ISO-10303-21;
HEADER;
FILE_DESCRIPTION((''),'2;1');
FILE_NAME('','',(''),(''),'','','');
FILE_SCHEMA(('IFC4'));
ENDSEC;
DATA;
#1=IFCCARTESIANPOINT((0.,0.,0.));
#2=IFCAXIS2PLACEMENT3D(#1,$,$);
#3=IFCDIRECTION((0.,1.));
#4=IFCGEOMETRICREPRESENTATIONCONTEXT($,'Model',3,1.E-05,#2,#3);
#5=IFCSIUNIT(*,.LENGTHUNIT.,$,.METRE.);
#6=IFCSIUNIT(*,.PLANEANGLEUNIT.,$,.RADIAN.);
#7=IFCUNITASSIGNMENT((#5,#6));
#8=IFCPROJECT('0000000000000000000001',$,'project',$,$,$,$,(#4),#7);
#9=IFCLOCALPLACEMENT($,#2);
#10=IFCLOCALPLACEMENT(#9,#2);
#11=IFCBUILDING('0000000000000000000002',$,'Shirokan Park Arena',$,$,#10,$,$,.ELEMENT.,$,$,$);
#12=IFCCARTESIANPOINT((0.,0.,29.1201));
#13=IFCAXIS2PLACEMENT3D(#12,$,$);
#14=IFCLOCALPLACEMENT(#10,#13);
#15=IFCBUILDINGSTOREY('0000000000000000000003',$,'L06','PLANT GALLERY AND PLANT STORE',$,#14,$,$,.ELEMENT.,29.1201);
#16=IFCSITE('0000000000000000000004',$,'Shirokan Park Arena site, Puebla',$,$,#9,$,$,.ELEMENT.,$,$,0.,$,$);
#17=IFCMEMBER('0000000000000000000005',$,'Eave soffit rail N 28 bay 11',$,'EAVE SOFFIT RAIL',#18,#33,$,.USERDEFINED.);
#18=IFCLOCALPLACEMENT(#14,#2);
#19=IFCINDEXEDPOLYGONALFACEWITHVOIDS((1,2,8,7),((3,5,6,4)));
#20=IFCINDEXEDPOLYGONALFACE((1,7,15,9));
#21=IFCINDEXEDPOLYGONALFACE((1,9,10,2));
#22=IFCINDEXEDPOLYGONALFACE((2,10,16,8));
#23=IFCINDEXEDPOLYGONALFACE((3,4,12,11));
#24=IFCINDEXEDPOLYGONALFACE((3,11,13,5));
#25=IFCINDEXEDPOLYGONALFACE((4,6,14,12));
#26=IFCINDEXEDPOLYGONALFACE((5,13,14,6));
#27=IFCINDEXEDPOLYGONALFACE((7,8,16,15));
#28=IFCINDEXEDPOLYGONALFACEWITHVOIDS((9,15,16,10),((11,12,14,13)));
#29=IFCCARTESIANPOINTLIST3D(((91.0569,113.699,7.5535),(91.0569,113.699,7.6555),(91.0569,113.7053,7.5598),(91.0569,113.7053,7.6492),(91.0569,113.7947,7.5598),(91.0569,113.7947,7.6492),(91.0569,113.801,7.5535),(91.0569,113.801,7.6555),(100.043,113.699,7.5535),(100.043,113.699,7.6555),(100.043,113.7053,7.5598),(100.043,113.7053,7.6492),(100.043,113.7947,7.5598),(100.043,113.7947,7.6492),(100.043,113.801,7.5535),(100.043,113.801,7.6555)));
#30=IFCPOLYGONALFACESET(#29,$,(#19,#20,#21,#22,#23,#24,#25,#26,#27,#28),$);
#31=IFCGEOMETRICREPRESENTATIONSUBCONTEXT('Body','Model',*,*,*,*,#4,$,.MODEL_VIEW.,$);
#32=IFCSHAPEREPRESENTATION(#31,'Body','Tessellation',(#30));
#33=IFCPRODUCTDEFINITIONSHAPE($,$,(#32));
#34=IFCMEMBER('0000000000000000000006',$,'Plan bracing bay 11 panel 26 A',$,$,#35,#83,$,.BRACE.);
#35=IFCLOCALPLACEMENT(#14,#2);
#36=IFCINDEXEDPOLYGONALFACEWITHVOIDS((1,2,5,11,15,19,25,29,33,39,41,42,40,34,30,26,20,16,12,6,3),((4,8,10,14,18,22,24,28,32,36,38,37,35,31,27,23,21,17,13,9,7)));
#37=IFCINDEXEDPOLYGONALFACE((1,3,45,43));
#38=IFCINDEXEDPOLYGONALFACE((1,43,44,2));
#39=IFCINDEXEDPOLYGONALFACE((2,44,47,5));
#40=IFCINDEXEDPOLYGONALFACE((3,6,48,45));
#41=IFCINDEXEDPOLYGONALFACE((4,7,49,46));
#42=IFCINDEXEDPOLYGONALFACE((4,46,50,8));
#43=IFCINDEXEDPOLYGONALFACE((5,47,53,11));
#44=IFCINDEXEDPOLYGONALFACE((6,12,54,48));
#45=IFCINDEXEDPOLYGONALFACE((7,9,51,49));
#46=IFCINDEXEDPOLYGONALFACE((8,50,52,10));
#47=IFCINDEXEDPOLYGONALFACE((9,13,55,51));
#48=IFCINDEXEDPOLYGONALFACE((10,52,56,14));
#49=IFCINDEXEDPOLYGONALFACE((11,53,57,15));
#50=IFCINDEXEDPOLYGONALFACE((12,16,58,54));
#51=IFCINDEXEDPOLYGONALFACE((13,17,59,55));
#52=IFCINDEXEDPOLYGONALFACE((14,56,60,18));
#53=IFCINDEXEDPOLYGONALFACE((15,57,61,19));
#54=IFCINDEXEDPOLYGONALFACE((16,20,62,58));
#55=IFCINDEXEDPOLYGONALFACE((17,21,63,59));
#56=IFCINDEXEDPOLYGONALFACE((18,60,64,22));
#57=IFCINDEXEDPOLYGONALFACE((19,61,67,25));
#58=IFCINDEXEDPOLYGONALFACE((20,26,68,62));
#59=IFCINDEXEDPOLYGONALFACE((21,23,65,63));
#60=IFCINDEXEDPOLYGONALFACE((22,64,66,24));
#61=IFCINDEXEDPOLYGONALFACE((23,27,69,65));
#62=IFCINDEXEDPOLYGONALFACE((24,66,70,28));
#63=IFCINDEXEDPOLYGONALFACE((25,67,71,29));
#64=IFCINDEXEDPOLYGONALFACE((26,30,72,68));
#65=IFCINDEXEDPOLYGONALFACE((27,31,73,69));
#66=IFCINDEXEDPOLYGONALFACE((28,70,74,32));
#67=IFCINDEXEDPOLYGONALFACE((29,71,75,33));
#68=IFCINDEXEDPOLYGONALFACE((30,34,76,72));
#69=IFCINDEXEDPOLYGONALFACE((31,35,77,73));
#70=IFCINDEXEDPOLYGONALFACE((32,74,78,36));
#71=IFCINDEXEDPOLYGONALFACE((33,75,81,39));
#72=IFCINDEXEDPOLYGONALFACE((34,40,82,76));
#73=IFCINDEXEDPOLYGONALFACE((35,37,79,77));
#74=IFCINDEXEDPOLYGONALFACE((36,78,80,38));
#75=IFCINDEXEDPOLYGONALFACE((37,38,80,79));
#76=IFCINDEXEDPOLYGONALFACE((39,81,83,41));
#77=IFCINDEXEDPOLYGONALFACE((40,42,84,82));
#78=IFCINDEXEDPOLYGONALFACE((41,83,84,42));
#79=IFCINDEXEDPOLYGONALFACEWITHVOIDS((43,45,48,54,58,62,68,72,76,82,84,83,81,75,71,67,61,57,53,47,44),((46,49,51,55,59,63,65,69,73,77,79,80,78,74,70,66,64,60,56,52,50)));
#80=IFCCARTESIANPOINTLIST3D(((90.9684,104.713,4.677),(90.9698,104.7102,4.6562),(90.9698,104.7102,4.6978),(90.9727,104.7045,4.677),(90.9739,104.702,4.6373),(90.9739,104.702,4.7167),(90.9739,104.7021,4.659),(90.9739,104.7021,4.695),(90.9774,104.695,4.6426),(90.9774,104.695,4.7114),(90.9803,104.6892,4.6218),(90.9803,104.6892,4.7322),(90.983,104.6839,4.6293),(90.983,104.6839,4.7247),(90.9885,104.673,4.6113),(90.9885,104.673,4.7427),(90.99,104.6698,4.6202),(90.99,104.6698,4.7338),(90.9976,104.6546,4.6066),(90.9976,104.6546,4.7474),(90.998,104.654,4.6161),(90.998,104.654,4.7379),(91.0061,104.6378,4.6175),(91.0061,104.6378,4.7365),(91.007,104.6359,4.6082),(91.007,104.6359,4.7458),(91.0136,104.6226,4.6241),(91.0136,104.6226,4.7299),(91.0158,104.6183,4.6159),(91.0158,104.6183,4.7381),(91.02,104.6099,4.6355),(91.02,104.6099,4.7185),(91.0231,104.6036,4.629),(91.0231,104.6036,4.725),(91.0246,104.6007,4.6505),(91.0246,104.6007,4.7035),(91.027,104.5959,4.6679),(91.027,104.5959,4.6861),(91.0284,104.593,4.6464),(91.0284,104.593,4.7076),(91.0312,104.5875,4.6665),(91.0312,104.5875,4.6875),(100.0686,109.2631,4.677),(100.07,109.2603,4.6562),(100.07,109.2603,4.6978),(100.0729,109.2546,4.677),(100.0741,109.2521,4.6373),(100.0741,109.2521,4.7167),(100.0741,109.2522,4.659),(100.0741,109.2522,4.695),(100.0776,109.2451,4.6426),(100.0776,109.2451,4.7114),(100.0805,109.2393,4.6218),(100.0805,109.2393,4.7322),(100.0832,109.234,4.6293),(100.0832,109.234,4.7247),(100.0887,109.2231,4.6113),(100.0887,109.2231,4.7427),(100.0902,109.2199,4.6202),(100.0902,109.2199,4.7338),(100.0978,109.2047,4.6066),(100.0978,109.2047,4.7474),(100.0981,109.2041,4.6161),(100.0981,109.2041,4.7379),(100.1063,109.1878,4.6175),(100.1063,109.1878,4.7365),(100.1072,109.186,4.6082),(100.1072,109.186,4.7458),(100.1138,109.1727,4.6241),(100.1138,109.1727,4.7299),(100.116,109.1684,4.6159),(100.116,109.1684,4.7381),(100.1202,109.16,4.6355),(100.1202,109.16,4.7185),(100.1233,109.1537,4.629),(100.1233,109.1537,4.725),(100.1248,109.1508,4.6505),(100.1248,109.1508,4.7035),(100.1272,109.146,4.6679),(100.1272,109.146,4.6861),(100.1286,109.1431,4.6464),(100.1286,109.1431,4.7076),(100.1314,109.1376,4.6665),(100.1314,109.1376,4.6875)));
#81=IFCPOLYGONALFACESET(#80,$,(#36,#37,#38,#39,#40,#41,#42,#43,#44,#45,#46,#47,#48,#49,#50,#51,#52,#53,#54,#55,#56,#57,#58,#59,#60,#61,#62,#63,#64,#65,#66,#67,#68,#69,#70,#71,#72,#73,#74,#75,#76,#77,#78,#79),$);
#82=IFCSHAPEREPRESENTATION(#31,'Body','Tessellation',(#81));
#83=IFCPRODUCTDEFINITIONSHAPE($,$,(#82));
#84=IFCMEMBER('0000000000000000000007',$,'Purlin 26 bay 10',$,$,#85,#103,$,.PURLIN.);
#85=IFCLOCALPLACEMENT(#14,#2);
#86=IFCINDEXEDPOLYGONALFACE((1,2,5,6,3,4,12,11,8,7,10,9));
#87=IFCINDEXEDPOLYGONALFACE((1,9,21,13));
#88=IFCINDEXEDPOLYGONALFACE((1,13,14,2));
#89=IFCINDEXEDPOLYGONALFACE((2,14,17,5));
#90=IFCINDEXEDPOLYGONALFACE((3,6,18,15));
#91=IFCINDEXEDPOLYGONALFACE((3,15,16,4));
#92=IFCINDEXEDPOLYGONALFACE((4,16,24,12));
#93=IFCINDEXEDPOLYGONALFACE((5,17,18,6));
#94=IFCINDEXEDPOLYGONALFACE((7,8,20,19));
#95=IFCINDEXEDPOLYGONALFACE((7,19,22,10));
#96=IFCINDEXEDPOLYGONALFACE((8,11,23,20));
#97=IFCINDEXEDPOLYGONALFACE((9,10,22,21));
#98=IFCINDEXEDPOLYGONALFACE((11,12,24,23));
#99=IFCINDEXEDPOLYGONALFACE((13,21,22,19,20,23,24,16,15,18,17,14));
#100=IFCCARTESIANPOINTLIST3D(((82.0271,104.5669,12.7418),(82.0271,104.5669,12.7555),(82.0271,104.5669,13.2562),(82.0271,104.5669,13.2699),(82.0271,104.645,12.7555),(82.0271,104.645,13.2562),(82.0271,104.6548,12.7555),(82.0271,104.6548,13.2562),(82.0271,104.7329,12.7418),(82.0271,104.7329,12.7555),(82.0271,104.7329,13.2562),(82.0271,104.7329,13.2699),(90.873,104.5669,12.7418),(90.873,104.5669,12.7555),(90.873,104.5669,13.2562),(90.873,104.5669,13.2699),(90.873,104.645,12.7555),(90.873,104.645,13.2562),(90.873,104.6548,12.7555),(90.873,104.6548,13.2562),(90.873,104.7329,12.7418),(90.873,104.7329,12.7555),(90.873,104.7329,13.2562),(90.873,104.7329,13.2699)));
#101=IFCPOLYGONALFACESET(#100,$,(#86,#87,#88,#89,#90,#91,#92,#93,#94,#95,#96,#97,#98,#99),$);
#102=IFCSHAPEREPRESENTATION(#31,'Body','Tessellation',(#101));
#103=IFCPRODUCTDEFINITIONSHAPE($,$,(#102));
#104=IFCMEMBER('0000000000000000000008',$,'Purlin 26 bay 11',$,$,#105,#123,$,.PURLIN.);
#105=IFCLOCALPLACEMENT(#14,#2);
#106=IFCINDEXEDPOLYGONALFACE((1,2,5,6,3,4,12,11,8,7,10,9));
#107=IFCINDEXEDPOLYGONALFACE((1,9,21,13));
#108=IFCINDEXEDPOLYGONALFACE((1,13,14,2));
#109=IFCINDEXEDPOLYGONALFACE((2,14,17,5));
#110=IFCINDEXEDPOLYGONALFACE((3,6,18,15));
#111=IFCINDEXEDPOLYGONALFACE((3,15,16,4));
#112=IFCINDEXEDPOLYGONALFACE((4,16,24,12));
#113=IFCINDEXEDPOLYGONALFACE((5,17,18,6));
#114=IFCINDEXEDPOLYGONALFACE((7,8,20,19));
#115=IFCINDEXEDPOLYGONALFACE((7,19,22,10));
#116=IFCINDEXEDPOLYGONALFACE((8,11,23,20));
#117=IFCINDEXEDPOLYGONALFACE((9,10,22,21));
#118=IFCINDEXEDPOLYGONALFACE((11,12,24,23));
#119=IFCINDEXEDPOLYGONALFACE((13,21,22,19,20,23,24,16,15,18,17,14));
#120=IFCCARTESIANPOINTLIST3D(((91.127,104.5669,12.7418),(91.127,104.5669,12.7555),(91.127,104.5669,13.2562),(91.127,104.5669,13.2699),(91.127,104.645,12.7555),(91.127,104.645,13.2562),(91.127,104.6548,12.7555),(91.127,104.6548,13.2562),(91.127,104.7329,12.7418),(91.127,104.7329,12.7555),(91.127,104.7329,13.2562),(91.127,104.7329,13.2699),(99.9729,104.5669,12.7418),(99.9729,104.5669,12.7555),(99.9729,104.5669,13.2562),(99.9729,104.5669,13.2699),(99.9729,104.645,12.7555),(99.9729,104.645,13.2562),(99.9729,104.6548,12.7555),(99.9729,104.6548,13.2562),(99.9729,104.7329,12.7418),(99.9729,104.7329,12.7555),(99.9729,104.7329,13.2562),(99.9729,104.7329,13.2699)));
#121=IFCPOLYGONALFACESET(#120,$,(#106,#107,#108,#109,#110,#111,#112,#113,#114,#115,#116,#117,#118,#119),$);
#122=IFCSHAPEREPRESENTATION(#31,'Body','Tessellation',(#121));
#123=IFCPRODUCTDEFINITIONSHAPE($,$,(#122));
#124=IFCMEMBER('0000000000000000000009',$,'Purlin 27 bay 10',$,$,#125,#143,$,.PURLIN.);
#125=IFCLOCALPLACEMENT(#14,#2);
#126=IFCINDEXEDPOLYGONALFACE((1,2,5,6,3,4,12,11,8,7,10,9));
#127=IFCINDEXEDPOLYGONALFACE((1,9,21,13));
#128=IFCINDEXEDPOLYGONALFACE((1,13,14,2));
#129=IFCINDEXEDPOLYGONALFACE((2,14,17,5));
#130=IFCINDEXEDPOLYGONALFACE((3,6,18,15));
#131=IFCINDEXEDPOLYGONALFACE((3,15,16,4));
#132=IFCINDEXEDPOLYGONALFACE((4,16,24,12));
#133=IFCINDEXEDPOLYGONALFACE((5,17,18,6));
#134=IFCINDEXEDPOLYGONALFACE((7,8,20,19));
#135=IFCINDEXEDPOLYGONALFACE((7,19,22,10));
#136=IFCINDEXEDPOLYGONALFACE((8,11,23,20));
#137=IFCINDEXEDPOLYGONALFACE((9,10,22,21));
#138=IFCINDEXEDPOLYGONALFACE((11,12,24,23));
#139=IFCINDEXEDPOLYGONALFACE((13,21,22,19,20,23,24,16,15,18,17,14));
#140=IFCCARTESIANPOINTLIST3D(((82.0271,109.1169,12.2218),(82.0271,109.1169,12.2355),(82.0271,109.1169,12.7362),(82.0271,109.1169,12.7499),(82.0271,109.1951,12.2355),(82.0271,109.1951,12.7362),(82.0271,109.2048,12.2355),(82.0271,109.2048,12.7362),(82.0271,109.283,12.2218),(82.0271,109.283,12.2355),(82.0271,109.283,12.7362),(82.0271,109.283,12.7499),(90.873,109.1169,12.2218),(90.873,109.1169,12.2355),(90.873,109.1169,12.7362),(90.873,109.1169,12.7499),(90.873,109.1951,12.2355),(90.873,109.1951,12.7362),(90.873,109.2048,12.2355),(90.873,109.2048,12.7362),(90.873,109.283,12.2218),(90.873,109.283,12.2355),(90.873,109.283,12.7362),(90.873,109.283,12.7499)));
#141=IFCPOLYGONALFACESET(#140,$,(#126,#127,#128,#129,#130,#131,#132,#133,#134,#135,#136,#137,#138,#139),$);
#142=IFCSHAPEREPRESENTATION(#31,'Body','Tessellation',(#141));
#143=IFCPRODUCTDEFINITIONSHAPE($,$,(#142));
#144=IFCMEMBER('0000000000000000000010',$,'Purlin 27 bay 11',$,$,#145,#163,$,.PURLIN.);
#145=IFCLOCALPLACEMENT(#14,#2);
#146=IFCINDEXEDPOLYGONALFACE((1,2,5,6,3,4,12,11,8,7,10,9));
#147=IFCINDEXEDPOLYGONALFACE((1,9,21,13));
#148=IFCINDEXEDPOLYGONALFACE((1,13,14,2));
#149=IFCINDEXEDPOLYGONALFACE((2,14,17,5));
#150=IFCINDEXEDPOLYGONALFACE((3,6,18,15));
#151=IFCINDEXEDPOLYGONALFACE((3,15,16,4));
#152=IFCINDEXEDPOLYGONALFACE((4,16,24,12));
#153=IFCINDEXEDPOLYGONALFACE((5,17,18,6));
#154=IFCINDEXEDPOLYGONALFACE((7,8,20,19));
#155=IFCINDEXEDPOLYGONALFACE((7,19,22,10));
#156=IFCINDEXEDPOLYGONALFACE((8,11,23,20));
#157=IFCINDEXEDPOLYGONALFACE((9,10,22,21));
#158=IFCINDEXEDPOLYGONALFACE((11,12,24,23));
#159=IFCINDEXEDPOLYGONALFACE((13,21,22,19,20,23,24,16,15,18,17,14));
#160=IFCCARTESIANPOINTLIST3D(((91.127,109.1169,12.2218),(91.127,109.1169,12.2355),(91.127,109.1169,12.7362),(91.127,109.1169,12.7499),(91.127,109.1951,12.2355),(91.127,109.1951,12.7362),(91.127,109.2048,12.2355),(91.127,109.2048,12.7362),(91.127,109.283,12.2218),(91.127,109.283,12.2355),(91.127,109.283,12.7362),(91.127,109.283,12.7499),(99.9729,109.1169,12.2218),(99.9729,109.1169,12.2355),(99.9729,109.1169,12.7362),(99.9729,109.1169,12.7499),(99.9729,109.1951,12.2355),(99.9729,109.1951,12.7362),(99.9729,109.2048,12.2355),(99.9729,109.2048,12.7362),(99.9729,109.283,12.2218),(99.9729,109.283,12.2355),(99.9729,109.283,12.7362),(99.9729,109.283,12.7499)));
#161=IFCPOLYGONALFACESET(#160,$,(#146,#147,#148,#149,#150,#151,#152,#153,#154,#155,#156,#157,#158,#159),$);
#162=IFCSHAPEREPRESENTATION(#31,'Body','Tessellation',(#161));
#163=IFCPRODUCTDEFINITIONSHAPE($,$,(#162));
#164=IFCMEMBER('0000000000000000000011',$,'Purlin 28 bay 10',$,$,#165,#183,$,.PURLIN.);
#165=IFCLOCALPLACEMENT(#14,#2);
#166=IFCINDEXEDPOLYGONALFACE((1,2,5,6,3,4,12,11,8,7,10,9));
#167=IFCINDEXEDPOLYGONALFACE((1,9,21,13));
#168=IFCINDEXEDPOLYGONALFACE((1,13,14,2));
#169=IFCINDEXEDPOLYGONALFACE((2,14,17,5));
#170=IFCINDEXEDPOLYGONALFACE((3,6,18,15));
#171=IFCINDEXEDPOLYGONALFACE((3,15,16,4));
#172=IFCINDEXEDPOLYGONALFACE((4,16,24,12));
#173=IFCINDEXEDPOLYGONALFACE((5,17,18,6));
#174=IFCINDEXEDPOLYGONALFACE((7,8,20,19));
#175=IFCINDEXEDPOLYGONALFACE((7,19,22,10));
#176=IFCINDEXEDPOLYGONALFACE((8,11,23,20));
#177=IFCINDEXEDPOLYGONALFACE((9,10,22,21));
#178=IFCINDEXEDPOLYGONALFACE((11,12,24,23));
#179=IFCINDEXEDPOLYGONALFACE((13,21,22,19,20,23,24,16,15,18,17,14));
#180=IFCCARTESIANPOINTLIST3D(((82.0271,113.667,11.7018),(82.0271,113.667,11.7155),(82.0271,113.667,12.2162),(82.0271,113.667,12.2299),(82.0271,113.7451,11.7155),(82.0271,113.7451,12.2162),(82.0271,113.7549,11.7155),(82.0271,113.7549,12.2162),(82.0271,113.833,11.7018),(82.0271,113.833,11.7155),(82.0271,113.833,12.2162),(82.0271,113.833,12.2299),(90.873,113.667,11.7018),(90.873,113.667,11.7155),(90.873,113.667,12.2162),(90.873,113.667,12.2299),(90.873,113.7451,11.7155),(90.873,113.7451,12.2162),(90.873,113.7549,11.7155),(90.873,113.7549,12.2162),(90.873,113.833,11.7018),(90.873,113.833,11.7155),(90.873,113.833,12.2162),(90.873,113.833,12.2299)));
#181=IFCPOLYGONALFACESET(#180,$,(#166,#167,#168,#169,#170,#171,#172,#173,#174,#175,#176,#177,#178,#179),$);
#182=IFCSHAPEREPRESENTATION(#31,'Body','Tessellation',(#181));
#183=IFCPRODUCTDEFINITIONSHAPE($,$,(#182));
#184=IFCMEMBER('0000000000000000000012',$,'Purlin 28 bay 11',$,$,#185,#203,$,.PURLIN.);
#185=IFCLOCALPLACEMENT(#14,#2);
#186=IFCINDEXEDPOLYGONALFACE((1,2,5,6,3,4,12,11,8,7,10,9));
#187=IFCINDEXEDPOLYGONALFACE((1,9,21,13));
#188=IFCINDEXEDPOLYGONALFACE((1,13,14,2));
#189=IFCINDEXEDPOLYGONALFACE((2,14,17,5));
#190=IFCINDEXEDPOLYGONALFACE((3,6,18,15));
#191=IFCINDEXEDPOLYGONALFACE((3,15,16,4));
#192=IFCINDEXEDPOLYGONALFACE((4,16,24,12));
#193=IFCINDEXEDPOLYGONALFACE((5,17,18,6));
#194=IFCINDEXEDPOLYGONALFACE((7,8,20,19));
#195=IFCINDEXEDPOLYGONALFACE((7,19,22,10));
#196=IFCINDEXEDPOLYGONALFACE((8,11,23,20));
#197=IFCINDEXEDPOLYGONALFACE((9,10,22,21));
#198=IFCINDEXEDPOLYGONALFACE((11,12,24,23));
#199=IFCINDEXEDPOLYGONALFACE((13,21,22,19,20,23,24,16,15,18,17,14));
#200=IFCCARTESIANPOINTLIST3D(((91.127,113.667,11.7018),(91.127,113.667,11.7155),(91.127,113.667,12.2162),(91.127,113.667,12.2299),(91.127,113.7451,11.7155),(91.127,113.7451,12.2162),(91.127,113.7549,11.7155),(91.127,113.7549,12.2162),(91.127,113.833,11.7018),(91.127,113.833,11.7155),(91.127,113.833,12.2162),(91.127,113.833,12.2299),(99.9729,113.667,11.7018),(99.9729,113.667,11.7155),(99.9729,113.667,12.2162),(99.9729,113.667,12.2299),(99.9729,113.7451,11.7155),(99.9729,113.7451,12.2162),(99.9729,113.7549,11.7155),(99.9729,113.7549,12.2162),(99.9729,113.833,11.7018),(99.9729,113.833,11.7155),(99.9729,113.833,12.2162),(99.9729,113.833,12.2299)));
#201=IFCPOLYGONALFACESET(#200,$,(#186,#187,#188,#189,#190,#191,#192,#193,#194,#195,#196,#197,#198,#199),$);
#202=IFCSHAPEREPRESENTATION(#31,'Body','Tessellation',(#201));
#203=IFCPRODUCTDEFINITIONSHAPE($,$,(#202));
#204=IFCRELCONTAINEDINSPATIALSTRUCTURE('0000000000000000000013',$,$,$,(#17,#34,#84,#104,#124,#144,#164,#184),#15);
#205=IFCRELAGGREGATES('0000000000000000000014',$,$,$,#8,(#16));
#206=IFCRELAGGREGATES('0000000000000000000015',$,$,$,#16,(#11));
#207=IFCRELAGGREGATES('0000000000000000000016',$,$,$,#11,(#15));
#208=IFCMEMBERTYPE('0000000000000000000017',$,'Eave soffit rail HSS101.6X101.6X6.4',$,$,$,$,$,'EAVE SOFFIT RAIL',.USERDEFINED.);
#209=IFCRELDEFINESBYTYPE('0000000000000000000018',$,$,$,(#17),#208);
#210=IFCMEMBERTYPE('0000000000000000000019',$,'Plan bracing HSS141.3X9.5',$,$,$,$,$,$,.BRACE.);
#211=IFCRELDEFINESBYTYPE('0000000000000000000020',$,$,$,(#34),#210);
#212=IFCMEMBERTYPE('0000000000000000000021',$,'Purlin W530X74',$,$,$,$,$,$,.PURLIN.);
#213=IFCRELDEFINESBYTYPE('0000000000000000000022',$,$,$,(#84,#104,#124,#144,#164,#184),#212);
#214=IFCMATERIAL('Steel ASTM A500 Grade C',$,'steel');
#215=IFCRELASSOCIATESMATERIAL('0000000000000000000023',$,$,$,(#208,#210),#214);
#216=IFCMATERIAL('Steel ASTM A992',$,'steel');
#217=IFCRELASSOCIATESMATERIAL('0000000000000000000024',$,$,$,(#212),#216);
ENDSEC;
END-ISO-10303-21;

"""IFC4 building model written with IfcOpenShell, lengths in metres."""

from ifc_helpers import new_model, si_unit, direction, frame, origin, origin_2d, place, context, subcontext, project, spatial, hollow_rectangle, hollow_circle, i_section, extrude, material, material_profile, profile_set, type_object, element, save


model = new_model("IFC4")

# Units and contexts
model_context = context("Model", 3, precision=1e-05, world=origin(), true_north=direction((0.0, 1.0)))
body_context = subcontext(model_context, "Body", "Model", "MODEL_VIEW")
ifc_project = project(units=[si_unit("LENGTHUNIT", "METRE"), si_unit("PLANEANGLEUNIT", "RADIAN")], contexts=[model_context])

# Site, building, storey
site_placement = place(None, origin())
site = spatial("IfcSite", under=ifc_project, at=site_placement, Name="Shirokan Park Arena site, Puebla", CompositionType="ELEMENT", RefElevation=0.0)
building_placement = place(site_placement, origin())
building = spatial("IfcBuilding", under=site, at=building_placement, Name="Shirokan Park Arena", CompositionType="ELEMENT")
storey_placement = place(building_placement, frame((0.0, 0.0, 29.1201)))
storey = spatial("IfcBuildingStorey", under=building, at=storey_placement, Name="L06", Description="PLANT GALLERY AND PLANT STORE", CompositionType="ELEMENT", Elevation=29.1201)

# Members
ifc_material_1 = material(Name="Steel ASTM A500 Grade C", Category="steel")
ifc_material_profile_1 = material_profile(ifc_material_1, hollow_rectangle(XDim=0.1021, YDim=0.1021, WallThickness=0.0063, at=origin_2d()), Name="HSS101.6X101.6X6.4")
ifc_profile_set_1 = profile_set([ifc_material_profile_1], Name="Steel ASTM A500 Grade C")
member_type_1 = type_object("IfcMemberType", Name="Eave soffit rail HSS101.6X101.6X6.4", ElementType="EAVE SOFFIT RAIL", PredefinedType="USERDEFINED", material=ifc_profile_set_1)
for number, where, z_axis, x_axis, name in (
    (1, (91.0569, 113.75, 7.6045), (1.0, 0.0, 0.0), (0.0, 1.0, 0.0), "Eave soffit rail N 28 bay 11"),
):
    element("IfcMember", number, at=place(storey_placement, frame(where, z_axis=z_axis, x_axis=x_axis)), inside=storey, type_object=member_type_1, Name=name, ObjectType="EAVE SOFFIT RAIL", PredefinedType="USERDEFINED", context=body_context, shape_type="SweptSolid", body=[
        extrude(hollow_rectangle(XDim=0.1021, YDim=0.1021, WallThickness=0.0063, at=origin_2d()), origin(), (0.0, 0.0, 1.0), 8.9861),
    ])
ifc_material_profile_2 = material_profile(ifc_material_1, hollow_circle(Radius=0.0706, WallThickness=0.0095, at=origin_2d()), Name="HSS141.3X9.5")
ifc_profile_set_2 = profile_set([ifc_material_profile_2], Name="Steel ASTM A500 Grade C")
member_type_2 = type_object("IfcMemberType", Name="Plan bracing HSS141.3X9.5", PredefinedType="BRACE", material=ifc_profile_set_2)
member_1_placement = place(storey_placement, frame((91.0, 104.6499, 4.677), z_axis=(0.894427, 0.447214, 0.0), x_axis=(-0.447214, 0.894427, 0.0)))
element("IfcMember", 2, at=member_1_placement, inside=storey, type_object=member_type_2, Name="Plan bracing bay 11 panel 26 A", PredefinedType="BRACE", context=body_context, shape_type="SweptSolid", body=[
    extrude(hollow_circle(Radius=0.0706, WallThickness=0.0095, at=origin_2d()), origin(), (0.0, 0.0, 1.0), 10.1743),
])
ifc_material_2 = material(Name="Steel ASTM A992", Category="steel")
ifc_material_profile_3 = material_profile(ifc_material_2, i_section(OverallWidth=0.166, OverallDepth=0.5281, WebThickness=0.0098, FlangeThickness=0.0137, at=origin_2d()), Name="W530X74")
ifc_profile_set_3 = profile_set([ifc_material_profile_3], Name="Steel ASTM A992")
member_type_3 = type_object("IfcMemberType", Name="Purlin W530X74", PredefinedType="PURLIN", material=ifc_profile_set_3)
for number, where, z_axis, x_axis, name in (
    (3, (82.0271, 104.6499, 13.0059), (1.0, 0.0, 0.0), (0.0, 1.0, 0.0), "Purlin 26 bay 10"),
    (4, (91.127, 104.6499, 13.0059), (1.0, 0.0, 0.0), (0.0, 1.0, 0.0), "Purlin 26 bay 11"),
    (5, (82.0271, 109.2, 12.4858), (1.0, 0.0, 0.0), (0.0, 1.0, 0.0), "Purlin 27 bay 10"),
    (6, (91.127, 109.2, 12.4858), (1.0, 0.0, 0.0), (0.0, 1.0, 0.0), "Purlin 27 bay 11"),
    (7, (82.0271, 113.75, 11.9658), (1.0, 0.0, 0.0), (0.0, 1.0, 0.0), "Purlin 28 bay 10"),
    (8, (91.127, 113.75, 11.9658), (1.0, 0.0, 0.0), (0.0, 1.0, 0.0), "Purlin 28 bay 11"),
):
    element("IfcMember", number, at=place(storey_placement, frame(where, z_axis=z_axis, x_axis=x_axis)), inside=storey, type_object=member_type_3, Name=name, PredefinedType="PURLIN", context=body_context, shape_type="SweptSolid", body=[
        extrude(i_section(OverallWidth=0.166, OverallDepth=0.5281, WebThickness=0.0098, FlangeThickness=0.0137, at=origin_2d()), origin(), (0.0, 0.0, 1.0), 8.8459),
    ])

save(model, "model.ifc")
